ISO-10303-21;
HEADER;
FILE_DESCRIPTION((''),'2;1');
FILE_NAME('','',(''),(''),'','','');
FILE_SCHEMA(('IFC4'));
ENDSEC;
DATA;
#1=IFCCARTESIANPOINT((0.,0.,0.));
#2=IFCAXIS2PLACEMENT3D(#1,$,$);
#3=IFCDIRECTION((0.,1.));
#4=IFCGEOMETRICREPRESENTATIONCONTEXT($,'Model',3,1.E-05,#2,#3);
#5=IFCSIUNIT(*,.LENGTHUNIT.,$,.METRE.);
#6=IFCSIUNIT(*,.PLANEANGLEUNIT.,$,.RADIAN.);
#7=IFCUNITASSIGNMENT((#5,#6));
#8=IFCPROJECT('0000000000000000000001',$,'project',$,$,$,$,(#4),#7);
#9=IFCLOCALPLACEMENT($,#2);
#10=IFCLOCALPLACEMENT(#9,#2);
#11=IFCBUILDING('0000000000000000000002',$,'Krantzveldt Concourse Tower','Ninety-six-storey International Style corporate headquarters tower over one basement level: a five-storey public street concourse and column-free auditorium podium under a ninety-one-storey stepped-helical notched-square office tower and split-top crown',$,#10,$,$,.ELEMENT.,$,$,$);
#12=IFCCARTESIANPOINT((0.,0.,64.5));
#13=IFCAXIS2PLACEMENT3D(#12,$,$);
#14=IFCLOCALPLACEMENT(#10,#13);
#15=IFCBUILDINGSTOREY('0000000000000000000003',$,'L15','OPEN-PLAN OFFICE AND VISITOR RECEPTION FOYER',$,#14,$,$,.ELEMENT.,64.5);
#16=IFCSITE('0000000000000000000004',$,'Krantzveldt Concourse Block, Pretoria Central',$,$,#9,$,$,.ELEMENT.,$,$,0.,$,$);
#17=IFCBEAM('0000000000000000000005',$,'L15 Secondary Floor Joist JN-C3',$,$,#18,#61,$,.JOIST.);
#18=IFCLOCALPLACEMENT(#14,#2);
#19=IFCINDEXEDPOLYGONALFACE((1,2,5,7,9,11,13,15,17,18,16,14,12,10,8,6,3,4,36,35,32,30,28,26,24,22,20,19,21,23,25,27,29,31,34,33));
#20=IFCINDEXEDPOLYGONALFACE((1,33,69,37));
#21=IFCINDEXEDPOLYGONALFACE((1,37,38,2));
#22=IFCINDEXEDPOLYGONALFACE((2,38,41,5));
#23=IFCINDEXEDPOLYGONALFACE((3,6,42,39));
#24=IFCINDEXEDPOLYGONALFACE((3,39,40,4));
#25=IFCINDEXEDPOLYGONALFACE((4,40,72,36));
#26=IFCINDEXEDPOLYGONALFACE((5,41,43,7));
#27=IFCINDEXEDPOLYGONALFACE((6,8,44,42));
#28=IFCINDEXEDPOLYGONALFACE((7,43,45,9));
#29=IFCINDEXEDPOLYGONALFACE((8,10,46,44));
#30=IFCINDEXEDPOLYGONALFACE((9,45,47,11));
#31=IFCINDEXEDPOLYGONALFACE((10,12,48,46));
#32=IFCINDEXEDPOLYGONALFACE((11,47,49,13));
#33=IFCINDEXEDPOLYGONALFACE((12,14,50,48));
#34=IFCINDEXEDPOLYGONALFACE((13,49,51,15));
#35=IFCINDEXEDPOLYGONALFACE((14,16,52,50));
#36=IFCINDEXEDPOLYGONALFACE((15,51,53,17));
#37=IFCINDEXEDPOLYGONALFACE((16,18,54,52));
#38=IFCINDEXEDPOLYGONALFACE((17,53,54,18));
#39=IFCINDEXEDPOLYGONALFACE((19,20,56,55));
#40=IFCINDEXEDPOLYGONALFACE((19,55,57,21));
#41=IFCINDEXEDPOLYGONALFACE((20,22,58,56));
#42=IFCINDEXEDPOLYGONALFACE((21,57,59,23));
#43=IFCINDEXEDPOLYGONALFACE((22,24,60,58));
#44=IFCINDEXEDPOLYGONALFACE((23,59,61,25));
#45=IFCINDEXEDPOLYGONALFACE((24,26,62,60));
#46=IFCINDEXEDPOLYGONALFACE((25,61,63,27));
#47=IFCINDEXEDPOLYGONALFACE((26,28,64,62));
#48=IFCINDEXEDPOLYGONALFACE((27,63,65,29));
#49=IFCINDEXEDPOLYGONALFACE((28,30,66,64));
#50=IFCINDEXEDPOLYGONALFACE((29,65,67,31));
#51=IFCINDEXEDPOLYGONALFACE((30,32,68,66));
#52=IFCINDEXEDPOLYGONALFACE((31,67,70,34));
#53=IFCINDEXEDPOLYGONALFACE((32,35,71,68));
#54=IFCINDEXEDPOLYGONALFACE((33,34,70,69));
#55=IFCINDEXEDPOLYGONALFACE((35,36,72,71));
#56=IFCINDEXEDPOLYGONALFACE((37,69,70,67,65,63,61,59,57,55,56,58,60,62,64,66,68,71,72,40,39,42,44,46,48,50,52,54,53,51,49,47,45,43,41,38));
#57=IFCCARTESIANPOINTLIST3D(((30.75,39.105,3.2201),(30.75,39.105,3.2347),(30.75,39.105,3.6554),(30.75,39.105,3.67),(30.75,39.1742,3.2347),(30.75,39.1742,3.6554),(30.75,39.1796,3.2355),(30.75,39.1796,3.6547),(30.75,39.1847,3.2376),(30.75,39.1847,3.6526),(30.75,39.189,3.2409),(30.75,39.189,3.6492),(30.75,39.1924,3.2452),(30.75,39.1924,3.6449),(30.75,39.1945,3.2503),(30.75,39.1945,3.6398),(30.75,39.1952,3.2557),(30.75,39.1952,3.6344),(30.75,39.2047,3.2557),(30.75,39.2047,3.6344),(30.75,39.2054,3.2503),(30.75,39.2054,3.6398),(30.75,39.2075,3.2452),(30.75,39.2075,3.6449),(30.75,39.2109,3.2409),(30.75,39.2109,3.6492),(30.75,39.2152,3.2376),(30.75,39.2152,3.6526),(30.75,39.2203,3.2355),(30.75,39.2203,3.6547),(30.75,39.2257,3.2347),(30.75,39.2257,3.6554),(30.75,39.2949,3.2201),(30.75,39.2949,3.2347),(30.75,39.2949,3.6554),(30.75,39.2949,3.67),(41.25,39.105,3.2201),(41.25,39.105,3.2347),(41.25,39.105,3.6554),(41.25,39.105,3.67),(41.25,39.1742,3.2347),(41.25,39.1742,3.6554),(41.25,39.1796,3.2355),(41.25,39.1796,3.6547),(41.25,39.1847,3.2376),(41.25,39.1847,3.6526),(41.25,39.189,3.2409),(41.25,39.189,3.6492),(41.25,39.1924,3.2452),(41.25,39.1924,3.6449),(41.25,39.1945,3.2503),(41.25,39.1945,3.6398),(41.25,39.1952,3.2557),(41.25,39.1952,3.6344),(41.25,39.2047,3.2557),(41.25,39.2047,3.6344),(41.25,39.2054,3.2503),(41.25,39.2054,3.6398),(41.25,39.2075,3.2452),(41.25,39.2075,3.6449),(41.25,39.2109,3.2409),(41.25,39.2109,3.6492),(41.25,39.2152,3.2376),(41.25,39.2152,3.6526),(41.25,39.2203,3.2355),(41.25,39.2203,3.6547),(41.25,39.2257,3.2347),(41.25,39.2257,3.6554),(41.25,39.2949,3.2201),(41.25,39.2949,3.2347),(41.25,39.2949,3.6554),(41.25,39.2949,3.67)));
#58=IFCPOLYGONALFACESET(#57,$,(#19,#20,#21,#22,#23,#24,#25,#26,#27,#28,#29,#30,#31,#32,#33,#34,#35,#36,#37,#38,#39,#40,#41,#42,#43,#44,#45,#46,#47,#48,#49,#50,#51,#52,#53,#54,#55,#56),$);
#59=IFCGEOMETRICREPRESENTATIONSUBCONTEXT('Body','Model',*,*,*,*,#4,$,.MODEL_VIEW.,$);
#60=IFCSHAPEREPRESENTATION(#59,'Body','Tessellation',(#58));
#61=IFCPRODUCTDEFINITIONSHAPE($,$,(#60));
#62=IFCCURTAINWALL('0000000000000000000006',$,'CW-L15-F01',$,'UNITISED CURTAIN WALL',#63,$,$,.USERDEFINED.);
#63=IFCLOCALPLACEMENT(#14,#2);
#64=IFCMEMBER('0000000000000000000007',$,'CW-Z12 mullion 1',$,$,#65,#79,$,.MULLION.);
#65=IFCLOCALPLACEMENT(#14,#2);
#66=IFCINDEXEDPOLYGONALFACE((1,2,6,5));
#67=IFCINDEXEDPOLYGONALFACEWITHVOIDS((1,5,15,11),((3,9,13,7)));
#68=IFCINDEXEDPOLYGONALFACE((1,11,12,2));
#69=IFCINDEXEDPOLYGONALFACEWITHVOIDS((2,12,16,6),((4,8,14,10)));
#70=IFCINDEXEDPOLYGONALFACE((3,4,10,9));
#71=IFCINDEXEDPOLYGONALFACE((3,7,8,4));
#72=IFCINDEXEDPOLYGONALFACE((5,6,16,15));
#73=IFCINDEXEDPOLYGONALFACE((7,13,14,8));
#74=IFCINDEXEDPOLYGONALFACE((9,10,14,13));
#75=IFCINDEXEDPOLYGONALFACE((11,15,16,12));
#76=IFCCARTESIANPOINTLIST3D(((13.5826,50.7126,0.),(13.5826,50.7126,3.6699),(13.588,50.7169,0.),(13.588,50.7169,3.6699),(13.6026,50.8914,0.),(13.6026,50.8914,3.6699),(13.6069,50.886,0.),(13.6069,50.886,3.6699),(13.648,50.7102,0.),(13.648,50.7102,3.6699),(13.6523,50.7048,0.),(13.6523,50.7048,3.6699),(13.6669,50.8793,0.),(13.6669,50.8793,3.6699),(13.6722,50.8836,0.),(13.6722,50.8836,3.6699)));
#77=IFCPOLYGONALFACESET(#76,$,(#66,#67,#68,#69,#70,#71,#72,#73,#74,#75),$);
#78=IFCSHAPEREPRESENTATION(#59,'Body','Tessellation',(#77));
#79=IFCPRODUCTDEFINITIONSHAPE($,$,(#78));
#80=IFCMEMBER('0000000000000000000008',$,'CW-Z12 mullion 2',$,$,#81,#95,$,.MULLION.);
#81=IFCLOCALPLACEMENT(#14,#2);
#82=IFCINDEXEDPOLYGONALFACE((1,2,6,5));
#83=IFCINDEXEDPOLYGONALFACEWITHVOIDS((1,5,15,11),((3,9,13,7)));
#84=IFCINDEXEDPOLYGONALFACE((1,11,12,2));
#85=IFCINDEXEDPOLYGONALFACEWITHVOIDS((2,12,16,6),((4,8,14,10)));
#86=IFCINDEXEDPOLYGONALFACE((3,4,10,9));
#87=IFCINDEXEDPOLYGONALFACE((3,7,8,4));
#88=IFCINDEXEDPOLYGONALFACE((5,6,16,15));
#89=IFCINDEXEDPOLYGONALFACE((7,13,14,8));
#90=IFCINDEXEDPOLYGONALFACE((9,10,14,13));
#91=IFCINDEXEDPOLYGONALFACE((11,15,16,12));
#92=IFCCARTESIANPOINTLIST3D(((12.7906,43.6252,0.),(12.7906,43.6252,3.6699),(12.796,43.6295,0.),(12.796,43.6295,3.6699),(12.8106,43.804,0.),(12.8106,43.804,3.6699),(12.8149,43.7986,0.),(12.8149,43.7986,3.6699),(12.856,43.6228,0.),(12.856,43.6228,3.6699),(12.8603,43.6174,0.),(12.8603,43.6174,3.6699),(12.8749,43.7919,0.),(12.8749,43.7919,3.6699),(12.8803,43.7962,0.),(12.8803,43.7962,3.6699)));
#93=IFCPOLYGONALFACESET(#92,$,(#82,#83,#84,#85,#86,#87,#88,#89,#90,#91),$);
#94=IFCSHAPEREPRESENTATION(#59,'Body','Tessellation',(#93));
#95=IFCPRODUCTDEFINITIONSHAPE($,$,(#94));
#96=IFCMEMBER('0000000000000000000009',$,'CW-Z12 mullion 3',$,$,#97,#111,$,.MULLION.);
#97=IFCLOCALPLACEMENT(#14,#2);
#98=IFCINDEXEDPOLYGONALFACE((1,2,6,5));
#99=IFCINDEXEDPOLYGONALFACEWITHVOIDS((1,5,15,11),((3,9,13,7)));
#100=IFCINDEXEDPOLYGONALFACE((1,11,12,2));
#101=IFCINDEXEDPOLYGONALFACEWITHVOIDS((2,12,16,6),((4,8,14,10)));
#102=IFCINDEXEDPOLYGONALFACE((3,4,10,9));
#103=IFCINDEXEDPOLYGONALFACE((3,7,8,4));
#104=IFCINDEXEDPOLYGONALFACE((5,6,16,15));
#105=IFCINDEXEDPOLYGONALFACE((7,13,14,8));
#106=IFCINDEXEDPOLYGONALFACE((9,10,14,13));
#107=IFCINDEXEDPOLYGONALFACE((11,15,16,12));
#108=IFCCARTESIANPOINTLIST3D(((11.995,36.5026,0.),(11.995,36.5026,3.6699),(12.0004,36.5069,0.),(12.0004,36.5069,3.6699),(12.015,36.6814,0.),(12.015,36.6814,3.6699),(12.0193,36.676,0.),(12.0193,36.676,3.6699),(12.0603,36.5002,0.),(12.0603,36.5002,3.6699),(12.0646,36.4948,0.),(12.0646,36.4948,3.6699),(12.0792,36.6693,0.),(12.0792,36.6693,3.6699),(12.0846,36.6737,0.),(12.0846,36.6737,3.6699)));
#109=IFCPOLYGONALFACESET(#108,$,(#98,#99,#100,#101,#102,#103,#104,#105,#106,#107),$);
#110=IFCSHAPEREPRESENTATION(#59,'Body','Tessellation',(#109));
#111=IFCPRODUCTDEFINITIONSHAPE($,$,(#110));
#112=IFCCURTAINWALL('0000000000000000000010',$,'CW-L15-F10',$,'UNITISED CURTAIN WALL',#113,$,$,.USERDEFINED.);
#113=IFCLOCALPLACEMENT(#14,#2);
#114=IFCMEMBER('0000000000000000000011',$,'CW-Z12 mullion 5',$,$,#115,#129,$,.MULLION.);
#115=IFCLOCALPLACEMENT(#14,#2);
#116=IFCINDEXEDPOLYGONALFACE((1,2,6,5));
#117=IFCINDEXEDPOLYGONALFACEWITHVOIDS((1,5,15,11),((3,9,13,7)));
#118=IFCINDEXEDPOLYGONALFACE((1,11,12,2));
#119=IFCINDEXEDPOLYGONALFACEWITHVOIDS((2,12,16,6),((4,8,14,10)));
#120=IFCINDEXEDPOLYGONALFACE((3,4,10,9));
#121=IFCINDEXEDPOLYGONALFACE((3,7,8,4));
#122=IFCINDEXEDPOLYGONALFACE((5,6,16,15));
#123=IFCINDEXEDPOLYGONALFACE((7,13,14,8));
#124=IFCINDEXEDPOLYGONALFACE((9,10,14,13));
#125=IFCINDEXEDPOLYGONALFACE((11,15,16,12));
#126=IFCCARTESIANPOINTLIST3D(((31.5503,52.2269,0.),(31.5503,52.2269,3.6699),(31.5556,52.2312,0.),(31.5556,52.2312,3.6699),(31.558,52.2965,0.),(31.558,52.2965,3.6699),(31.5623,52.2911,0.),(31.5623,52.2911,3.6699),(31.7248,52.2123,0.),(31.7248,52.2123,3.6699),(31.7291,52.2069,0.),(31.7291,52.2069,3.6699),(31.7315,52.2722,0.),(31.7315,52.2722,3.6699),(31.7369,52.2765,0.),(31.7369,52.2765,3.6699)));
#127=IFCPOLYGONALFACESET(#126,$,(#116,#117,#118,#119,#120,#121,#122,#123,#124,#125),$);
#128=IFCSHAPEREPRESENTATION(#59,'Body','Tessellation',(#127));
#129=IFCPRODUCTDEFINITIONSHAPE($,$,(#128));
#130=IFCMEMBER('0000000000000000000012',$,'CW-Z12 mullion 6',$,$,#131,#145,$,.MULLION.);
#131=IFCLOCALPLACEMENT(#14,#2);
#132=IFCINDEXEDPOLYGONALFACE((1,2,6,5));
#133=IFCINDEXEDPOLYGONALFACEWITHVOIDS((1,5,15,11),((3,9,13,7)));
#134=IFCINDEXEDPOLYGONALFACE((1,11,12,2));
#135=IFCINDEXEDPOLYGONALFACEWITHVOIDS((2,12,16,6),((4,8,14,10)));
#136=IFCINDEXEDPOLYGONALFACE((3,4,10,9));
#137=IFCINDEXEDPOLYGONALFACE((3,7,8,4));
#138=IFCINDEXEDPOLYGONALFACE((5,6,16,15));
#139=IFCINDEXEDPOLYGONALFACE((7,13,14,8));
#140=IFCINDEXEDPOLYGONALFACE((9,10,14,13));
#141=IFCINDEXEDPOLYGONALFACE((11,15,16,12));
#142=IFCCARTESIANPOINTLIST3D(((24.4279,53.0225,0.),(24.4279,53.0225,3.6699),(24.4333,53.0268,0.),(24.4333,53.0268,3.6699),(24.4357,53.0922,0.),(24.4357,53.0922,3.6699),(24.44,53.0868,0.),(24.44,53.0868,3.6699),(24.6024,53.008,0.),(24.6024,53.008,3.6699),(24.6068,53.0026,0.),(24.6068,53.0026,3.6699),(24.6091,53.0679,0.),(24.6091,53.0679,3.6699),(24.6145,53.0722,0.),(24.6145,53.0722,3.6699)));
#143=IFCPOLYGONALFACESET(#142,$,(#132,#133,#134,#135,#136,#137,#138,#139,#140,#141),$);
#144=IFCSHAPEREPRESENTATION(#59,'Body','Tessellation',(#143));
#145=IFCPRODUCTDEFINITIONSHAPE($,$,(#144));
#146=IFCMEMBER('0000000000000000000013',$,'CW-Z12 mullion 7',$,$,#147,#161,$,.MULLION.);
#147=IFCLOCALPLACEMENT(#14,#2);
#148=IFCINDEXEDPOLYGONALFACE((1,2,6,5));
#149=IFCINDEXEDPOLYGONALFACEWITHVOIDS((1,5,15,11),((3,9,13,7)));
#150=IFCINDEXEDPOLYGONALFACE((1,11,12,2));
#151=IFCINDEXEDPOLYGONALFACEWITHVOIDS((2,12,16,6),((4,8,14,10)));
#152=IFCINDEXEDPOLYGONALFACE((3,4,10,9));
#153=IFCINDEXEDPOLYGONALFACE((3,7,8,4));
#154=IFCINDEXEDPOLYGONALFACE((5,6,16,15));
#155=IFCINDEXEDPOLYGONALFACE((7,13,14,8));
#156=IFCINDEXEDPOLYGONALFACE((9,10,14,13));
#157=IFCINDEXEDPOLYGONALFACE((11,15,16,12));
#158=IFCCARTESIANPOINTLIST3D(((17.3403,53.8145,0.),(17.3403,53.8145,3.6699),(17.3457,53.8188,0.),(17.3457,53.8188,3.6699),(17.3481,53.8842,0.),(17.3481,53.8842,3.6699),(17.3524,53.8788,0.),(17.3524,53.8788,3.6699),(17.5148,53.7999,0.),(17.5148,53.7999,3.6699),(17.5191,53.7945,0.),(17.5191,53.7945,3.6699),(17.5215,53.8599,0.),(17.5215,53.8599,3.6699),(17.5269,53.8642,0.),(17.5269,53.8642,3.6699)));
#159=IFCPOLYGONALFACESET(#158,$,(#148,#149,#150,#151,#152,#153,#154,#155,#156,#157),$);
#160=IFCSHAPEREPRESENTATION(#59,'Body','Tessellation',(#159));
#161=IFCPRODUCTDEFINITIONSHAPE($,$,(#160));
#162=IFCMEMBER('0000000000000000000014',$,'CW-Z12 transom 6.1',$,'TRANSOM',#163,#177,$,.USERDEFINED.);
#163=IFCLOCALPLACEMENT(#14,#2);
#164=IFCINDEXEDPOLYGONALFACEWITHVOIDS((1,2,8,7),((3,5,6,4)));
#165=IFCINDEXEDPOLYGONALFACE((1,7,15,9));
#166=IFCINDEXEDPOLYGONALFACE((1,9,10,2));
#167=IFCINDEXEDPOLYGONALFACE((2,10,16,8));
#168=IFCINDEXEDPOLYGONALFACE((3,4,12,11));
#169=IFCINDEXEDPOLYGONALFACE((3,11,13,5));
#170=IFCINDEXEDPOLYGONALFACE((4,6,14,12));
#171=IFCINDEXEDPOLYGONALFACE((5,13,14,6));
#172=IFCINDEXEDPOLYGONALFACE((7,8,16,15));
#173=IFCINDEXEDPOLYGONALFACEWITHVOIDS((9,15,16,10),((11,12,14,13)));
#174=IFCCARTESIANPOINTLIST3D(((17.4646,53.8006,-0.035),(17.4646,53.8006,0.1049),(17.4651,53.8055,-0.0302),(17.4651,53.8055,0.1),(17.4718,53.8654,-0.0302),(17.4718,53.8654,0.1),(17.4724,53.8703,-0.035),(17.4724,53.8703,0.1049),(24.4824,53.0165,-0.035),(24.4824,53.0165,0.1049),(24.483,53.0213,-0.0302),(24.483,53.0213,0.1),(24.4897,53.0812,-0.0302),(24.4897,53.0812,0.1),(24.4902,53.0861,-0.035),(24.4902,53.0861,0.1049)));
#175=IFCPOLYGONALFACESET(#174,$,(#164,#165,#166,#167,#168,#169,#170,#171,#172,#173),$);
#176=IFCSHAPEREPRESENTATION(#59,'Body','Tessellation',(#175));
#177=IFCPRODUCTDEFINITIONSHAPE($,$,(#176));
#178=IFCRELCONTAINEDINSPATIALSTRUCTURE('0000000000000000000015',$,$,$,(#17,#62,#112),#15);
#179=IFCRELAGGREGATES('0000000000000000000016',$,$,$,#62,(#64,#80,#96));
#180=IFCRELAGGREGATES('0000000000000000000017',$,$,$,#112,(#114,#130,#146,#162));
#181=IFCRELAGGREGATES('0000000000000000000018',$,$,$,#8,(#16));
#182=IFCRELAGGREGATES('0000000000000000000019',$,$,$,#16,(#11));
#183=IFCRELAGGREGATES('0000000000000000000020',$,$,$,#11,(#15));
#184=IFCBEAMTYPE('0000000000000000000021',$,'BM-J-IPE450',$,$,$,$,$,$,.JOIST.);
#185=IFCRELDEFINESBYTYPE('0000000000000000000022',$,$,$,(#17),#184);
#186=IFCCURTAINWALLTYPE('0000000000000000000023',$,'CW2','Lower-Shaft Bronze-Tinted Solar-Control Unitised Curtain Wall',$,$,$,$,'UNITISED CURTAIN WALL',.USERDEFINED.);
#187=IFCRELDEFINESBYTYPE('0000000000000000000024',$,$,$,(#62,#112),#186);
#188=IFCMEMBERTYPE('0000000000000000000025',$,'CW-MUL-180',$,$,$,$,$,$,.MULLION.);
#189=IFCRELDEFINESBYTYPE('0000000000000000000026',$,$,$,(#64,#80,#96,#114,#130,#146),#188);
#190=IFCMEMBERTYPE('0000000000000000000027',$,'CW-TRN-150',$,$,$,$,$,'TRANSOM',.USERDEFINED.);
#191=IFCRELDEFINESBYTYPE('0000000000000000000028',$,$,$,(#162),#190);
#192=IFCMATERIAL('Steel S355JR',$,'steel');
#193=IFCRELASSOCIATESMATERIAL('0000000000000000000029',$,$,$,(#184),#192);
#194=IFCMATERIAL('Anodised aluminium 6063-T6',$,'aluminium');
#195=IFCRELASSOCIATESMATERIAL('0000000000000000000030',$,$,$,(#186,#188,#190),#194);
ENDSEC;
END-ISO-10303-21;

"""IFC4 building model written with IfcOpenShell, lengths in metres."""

from ifc_helpers import new_model, si_unit, direction, frame, origin, origin_2d, place, context, subcontext, project, spatial, hollow_rectangle, i_section, extrude, source, transform, mapped, material, material_profile, profile_set, type_object, type_shapes, element, aggregate, save


model = new_model("IFC4")

# Units and contexts
model_context = context("Model", 3, precision=1e-05, world=origin(), true_north=direction((0.0, 1.0)))
body_context = subcontext(model_context, "Body", "Model", "MODEL_VIEW")
ifc_project = project(units=[si_unit("LENGTHUNIT", "METRE"), si_unit("PLANEANGLEUNIT", "RADIAN")], contexts=[model_context])

# Site, building, storey
site_placement = place(None, origin())
site = spatial("IfcSite", under=ifc_project, at=site_placement, Name="Krantzveldt Concourse Block, Pretoria Central", CompositionType="ELEMENT", RefElevation=0.0)
building_placement = place(site_placement, origin())
building = spatial("IfcBuilding", under=site, at=building_placement, Name="Krantzveldt Concourse Tower", Description="Ninety-six-storey International Style corporate headquarters tower over one basement level: a five-storey public street concourse and column-free auditorium podium under a ninety-one-storey stepped-helical notched-square office tower and split-top crown", CompositionType="ELEMENT")
storey_placement = place(building_placement, frame((0.0, 0.0, 64.5)))
storey = spatial("IfcBuildingStorey", under=building, at=storey_placement, Name="L15", Description="OPEN-PLAN OFFICE AND VISITOR RECEPTION FOYER", CompositionType="ELEMENT", Elevation=64.5)

# Beam
ifc_material_1 = material(Name="Steel S355JR", Category="steel")
ifc_material_profile_1 = material_profile(ifc_material_1, i_section(OverallWidth=0.1899, OverallDepth=0.45, WebThickness=0.0095, FlangeThickness=0.0146, FilletRadius=0.021, at=origin_2d()), Name="Steel S355JR", Category="steel")
ifc_profile_set_1 = profile_set([ifc_material_profile_1], Name="Steel S355JR - IPE 450")
beam_type_1 = type_object("IfcBeamType", Name="BM-J-IPE450", PredefinedType="JOIST", material=ifc_profile_set_1)
shared_shape_1 = source(origin(), body_context, "Body", "SweptSolid", [
    extrude(i_section(OverallWidth=0.1899, OverallDepth=0.45, WebThickness=0.0095, FlangeThickness=0.0146, FilletRadius=0.021, at=origin_2d()), origin(), (0.0, 0.0, 1.0), 10.5),
])
type_shapes(beam_type_1, [shared_shape_1])
beam_1_placement = place(storey_placement, frame((30.75, 39.2, 3.4451), z_axis=(1.0, 0.0, 0.0), x_axis=(0.0, 1.0, 0.0)))
element("IfcBeam", 1, at=beam_1_placement, inside=storey, type_object=beam_type_1, Name="L15 Secondary Floor Joist JN-C3", PredefinedType="JOIST", context=body_context, shape_type="MappedRepresentation", body=[
    mapped(shared_shape_1, transform((0.0, 0.0, 0.0), x_axis=(1.0, 0.0, 0.0), y_axis=(0.0, 1.0, 0.0), z_axis=(0.0, 0.0, 1.0), scale=1.0)),
])

# Curtain walls, members
ifc_material_2 = material(Name="Anodised aluminium 6063-T6", Category="aluminium")
curtain_wall_type = type_object("IfcCurtainWallType", Name="CW2", Description="Lower-Shaft Bronze-Tinted Solar-Control Unitised Curtain Wall", ElementType="UNITISED CURTAIN WALL", PredefinedType="USERDEFINED", material=ifc_material_2)
curtain_wall_1_placement = place(storey_placement, origin())
curtain_wall_1 = element("IfcCurtainWall", 2, at=curtain_wall_1_placement, inside=storey, type_object=curtain_wall_type, Name="CW-L15-F01", ObjectType="UNITISED CURTAIN WALL", PredefinedType="USERDEFINED")
ifc_material_profile_2 = material_profile(ifc_material_2, hollow_rectangle(XDim=0.0701, YDim=0.1799, WallThickness=0.0049, at=origin_2d()), Name="Anodised aluminium 6063-T6", Category="aluminium")
ifc_profile_set_2 = profile_set([ifc_material_profile_2], Name="Anodised aluminium 6063-T6 - ALU-MULL 180x70x5")
member_type_1 = type_object("IfcMemberType", Name="CW-MUL-180", PredefinedType="MULLION", material=ifc_profile_set_2)
shared_shape_2 = source(origin(), body_context, "Body", "SweptSolid", [
    extrude(hollow_rectangle(XDim=0.0701, YDim=0.1799, WallThickness=0.0049, at=origin_2d()), origin(), (0.0, 0.0, 1.0), 3.6699),
])
type_shapes(member_type_1, [shared_shape_2])
member_1_placement = place(storey_placement, frame((13.6274, 50.7981, 0.0), z_axis=(0.0, 0.0, 1.0), x_axis=(0.993816, -0.111035, 0.0)))
member_1 = element("IfcMember", 3, at=member_1_placement, type_object=member_type_1, Name="CW-Z12 mullion 1", PredefinedType="MULLION", context=body_context, shape_type="MappedRepresentation", body=[
    mapped(shared_shape_2, transform((0.0, 0.0, 0.0), x_axis=(1.0, 0.0, 0.0), y_axis=(0.0, 1.0, 0.0), z_axis=(0.0, 0.0, 1.0), scale=1.0)),
])
member_2_placement = place(storey_placement, frame((12.8354, 43.7107, 0.0), z_axis=(0.0, 0.0, 1.0), x_axis=(0.993816, -0.111035, 0.0)))
member_2 = element("IfcMember", 4, at=member_2_placement, type_object=member_type_1, Name="CW-Z12 mullion 2", PredefinedType="MULLION", context=body_context, shape_type="MappedRepresentation", body=[
    mapped(shared_shape_2, transform((0.0, 0.0, 0.0), x_axis=(1.0, 0.0, 0.0), y_axis=(0.0, 1.0, 0.0), z_axis=(0.0, 0.0, 1.0), scale=1.0)),
])
member_3_placement = place(storey_placement, frame((12.0398, 36.5881, 0.0), z_axis=(0.0, 0.0, 1.0), x_axis=(0.993816, -0.111035, 0.0)))
member_3 = element("IfcMember", 5, at=member_3_placement, type_object=member_type_1, Name="CW-Z12 mullion 3", PredefinedType="MULLION", context=body_context, shape_type="MappedRepresentation", body=[
    mapped(shared_shape_2, transform((0.0, 0.0, 0.0), x_axis=(1.0, 0.0, 0.0), y_axis=(0.0, 1.0, 0.0), z_axis=(0.0, 0.0, 1.0), scale=1.0)),
])
curtain_wall_2_placement = place(storey_placement, origin())
curtain_wall_2 = element("IfcCurtainWall", 6, at=curtain_wall_2_placement, inside=storey, type_object=curtain_wall_type, Name="CW-L15-F10", ObjectType="UNITISED CURTAIN WALL", PredefinedType="USERDEFINED")
member_4_placement = place(storey_placement, frame((31.6436, 52.2517, 0.0), z_axis=(0.0, 0.0, 1.0), x_axis=(-0.111035, -0.993816, 0.0)))
member_4 = element("IfcMember", 7, at=member_4_placement, type_object=member_type_1, Name="CW-Z12 mullion 5", PredefinedType="MULLION", context=body_context, shape_type="MappedRepresentation", body=[
    mapped(shared_shape_2, transform((0.0, 0.0, 0.0), x_axis=(1.0, 0.0, 0.0), y_axis=(0.0, 1.0, 0.0), z_axis=(0.0, 0.0, 1.0), scale=1.0)),
])
member_5_placement = place(storey_placement, frame((24.5212, 53.0474, 0.0), z_axis=(0.0, 0.0, 1.0), x_axis=(-0.111035, -0.993816, 0.0)))
member_5 = element("IfcMember", 8, at=member_5_placement, type_object=member_type_1, Name="CW-Z12 mullion 6", PredefinedType="MULLION", context=body_context, shape_type="MappedRepresentation", body=[
    mapped(shared_shape_2, transform((0.0, 0.0, 0.0), x_axis=(1.0, 0.0, 0.0), y_axis=(0.0, 1.0, 0.0), z_axis=(0.0, 0.0, 1.0), scale=1.0)),
])
member_6_placement = place(storey_placement, frame((17.4336, 53.8394, 0.0), z_axis=(0.0, 0.0, 1.0), x_axis=(-0.111035, -0.993816, 0.0)))
member_6 = element("IfcMember", 9, at=member_6_placement, type_object=member_type_1, Name="CW-Z12 mullion 7", PredefinedType="MULLION", context=body_context, shape_type="MappedRepresentation", body=[
    mapped(shared_shape_2, transform((0.0, 0.0, 0.0), x_axis=(1.0, 0.0, 0.0), y_axis=(0.0, 1.0, 0.0), z_axis=(0.0, 0.0, 1.0), scale=1.0)),
])
ifc_material_profile_3 = material_profile(ifc_material_2, hollow_rectangle(XDim=0.0701, YDim=0.1399, WallThickness=0.0049, at=origin_2d()), Name="Anodised aluminium 6063-T6", Category="aluminium")
ifc_profile_set_3 = profile_set([ifc_material_profile_3], Name="Anodised aluminium 6063-T6 - ALU-TRAN 140x70x5")
member_type_2 = type_object("IfcMemberType", Name="CW-TRN-150", ElementType="TRANSOM", PredefinedType="USERDEFINED", material=ifc_profile_set_3)
shared_shape_3 = source(origin(), body_context, "Body", "SweptSolid", [
    extrude(hollow_rectangle(XDim=0.0701, YDim=0.1399, WallThickness=0.0049, at=origin_2d()), origin(), (0.0, 0.0, 1.0), 7.0615),
])
member_7_placement = place(storey_placement, frame((24.4863, 53.0513, 0.0349), z_axis=(-0.993815, 0.11105, 0.0), x_axis=(-0.11105, -0.993815, 0.0)))
member_7 = element("IfcMember", 10, at=member_7_placement, type_object=member_type_2, Name="CW-Z12 transom 6.1", ObjectType="TRANSOM", PredefinedType="USERDEFINED", context=body_context, shape_type="MappedRepresentation", body=[
    mapped(shared_shape_3, transform((0.0, 0.0, 0.0), x_axis=(1.0, 0.0, 0.0), y_axis=(0.0, 1.0, 0.0), z_axis=(0.0, 0.0, 1.0), scale=1.0)),
])

aggregate(curtain_wall_1, [member_1, member_2, member_3])
aggregate(curtain_wall_2, [member_4, member_5, member_6, member_7])

save(model, "model.ifc")
